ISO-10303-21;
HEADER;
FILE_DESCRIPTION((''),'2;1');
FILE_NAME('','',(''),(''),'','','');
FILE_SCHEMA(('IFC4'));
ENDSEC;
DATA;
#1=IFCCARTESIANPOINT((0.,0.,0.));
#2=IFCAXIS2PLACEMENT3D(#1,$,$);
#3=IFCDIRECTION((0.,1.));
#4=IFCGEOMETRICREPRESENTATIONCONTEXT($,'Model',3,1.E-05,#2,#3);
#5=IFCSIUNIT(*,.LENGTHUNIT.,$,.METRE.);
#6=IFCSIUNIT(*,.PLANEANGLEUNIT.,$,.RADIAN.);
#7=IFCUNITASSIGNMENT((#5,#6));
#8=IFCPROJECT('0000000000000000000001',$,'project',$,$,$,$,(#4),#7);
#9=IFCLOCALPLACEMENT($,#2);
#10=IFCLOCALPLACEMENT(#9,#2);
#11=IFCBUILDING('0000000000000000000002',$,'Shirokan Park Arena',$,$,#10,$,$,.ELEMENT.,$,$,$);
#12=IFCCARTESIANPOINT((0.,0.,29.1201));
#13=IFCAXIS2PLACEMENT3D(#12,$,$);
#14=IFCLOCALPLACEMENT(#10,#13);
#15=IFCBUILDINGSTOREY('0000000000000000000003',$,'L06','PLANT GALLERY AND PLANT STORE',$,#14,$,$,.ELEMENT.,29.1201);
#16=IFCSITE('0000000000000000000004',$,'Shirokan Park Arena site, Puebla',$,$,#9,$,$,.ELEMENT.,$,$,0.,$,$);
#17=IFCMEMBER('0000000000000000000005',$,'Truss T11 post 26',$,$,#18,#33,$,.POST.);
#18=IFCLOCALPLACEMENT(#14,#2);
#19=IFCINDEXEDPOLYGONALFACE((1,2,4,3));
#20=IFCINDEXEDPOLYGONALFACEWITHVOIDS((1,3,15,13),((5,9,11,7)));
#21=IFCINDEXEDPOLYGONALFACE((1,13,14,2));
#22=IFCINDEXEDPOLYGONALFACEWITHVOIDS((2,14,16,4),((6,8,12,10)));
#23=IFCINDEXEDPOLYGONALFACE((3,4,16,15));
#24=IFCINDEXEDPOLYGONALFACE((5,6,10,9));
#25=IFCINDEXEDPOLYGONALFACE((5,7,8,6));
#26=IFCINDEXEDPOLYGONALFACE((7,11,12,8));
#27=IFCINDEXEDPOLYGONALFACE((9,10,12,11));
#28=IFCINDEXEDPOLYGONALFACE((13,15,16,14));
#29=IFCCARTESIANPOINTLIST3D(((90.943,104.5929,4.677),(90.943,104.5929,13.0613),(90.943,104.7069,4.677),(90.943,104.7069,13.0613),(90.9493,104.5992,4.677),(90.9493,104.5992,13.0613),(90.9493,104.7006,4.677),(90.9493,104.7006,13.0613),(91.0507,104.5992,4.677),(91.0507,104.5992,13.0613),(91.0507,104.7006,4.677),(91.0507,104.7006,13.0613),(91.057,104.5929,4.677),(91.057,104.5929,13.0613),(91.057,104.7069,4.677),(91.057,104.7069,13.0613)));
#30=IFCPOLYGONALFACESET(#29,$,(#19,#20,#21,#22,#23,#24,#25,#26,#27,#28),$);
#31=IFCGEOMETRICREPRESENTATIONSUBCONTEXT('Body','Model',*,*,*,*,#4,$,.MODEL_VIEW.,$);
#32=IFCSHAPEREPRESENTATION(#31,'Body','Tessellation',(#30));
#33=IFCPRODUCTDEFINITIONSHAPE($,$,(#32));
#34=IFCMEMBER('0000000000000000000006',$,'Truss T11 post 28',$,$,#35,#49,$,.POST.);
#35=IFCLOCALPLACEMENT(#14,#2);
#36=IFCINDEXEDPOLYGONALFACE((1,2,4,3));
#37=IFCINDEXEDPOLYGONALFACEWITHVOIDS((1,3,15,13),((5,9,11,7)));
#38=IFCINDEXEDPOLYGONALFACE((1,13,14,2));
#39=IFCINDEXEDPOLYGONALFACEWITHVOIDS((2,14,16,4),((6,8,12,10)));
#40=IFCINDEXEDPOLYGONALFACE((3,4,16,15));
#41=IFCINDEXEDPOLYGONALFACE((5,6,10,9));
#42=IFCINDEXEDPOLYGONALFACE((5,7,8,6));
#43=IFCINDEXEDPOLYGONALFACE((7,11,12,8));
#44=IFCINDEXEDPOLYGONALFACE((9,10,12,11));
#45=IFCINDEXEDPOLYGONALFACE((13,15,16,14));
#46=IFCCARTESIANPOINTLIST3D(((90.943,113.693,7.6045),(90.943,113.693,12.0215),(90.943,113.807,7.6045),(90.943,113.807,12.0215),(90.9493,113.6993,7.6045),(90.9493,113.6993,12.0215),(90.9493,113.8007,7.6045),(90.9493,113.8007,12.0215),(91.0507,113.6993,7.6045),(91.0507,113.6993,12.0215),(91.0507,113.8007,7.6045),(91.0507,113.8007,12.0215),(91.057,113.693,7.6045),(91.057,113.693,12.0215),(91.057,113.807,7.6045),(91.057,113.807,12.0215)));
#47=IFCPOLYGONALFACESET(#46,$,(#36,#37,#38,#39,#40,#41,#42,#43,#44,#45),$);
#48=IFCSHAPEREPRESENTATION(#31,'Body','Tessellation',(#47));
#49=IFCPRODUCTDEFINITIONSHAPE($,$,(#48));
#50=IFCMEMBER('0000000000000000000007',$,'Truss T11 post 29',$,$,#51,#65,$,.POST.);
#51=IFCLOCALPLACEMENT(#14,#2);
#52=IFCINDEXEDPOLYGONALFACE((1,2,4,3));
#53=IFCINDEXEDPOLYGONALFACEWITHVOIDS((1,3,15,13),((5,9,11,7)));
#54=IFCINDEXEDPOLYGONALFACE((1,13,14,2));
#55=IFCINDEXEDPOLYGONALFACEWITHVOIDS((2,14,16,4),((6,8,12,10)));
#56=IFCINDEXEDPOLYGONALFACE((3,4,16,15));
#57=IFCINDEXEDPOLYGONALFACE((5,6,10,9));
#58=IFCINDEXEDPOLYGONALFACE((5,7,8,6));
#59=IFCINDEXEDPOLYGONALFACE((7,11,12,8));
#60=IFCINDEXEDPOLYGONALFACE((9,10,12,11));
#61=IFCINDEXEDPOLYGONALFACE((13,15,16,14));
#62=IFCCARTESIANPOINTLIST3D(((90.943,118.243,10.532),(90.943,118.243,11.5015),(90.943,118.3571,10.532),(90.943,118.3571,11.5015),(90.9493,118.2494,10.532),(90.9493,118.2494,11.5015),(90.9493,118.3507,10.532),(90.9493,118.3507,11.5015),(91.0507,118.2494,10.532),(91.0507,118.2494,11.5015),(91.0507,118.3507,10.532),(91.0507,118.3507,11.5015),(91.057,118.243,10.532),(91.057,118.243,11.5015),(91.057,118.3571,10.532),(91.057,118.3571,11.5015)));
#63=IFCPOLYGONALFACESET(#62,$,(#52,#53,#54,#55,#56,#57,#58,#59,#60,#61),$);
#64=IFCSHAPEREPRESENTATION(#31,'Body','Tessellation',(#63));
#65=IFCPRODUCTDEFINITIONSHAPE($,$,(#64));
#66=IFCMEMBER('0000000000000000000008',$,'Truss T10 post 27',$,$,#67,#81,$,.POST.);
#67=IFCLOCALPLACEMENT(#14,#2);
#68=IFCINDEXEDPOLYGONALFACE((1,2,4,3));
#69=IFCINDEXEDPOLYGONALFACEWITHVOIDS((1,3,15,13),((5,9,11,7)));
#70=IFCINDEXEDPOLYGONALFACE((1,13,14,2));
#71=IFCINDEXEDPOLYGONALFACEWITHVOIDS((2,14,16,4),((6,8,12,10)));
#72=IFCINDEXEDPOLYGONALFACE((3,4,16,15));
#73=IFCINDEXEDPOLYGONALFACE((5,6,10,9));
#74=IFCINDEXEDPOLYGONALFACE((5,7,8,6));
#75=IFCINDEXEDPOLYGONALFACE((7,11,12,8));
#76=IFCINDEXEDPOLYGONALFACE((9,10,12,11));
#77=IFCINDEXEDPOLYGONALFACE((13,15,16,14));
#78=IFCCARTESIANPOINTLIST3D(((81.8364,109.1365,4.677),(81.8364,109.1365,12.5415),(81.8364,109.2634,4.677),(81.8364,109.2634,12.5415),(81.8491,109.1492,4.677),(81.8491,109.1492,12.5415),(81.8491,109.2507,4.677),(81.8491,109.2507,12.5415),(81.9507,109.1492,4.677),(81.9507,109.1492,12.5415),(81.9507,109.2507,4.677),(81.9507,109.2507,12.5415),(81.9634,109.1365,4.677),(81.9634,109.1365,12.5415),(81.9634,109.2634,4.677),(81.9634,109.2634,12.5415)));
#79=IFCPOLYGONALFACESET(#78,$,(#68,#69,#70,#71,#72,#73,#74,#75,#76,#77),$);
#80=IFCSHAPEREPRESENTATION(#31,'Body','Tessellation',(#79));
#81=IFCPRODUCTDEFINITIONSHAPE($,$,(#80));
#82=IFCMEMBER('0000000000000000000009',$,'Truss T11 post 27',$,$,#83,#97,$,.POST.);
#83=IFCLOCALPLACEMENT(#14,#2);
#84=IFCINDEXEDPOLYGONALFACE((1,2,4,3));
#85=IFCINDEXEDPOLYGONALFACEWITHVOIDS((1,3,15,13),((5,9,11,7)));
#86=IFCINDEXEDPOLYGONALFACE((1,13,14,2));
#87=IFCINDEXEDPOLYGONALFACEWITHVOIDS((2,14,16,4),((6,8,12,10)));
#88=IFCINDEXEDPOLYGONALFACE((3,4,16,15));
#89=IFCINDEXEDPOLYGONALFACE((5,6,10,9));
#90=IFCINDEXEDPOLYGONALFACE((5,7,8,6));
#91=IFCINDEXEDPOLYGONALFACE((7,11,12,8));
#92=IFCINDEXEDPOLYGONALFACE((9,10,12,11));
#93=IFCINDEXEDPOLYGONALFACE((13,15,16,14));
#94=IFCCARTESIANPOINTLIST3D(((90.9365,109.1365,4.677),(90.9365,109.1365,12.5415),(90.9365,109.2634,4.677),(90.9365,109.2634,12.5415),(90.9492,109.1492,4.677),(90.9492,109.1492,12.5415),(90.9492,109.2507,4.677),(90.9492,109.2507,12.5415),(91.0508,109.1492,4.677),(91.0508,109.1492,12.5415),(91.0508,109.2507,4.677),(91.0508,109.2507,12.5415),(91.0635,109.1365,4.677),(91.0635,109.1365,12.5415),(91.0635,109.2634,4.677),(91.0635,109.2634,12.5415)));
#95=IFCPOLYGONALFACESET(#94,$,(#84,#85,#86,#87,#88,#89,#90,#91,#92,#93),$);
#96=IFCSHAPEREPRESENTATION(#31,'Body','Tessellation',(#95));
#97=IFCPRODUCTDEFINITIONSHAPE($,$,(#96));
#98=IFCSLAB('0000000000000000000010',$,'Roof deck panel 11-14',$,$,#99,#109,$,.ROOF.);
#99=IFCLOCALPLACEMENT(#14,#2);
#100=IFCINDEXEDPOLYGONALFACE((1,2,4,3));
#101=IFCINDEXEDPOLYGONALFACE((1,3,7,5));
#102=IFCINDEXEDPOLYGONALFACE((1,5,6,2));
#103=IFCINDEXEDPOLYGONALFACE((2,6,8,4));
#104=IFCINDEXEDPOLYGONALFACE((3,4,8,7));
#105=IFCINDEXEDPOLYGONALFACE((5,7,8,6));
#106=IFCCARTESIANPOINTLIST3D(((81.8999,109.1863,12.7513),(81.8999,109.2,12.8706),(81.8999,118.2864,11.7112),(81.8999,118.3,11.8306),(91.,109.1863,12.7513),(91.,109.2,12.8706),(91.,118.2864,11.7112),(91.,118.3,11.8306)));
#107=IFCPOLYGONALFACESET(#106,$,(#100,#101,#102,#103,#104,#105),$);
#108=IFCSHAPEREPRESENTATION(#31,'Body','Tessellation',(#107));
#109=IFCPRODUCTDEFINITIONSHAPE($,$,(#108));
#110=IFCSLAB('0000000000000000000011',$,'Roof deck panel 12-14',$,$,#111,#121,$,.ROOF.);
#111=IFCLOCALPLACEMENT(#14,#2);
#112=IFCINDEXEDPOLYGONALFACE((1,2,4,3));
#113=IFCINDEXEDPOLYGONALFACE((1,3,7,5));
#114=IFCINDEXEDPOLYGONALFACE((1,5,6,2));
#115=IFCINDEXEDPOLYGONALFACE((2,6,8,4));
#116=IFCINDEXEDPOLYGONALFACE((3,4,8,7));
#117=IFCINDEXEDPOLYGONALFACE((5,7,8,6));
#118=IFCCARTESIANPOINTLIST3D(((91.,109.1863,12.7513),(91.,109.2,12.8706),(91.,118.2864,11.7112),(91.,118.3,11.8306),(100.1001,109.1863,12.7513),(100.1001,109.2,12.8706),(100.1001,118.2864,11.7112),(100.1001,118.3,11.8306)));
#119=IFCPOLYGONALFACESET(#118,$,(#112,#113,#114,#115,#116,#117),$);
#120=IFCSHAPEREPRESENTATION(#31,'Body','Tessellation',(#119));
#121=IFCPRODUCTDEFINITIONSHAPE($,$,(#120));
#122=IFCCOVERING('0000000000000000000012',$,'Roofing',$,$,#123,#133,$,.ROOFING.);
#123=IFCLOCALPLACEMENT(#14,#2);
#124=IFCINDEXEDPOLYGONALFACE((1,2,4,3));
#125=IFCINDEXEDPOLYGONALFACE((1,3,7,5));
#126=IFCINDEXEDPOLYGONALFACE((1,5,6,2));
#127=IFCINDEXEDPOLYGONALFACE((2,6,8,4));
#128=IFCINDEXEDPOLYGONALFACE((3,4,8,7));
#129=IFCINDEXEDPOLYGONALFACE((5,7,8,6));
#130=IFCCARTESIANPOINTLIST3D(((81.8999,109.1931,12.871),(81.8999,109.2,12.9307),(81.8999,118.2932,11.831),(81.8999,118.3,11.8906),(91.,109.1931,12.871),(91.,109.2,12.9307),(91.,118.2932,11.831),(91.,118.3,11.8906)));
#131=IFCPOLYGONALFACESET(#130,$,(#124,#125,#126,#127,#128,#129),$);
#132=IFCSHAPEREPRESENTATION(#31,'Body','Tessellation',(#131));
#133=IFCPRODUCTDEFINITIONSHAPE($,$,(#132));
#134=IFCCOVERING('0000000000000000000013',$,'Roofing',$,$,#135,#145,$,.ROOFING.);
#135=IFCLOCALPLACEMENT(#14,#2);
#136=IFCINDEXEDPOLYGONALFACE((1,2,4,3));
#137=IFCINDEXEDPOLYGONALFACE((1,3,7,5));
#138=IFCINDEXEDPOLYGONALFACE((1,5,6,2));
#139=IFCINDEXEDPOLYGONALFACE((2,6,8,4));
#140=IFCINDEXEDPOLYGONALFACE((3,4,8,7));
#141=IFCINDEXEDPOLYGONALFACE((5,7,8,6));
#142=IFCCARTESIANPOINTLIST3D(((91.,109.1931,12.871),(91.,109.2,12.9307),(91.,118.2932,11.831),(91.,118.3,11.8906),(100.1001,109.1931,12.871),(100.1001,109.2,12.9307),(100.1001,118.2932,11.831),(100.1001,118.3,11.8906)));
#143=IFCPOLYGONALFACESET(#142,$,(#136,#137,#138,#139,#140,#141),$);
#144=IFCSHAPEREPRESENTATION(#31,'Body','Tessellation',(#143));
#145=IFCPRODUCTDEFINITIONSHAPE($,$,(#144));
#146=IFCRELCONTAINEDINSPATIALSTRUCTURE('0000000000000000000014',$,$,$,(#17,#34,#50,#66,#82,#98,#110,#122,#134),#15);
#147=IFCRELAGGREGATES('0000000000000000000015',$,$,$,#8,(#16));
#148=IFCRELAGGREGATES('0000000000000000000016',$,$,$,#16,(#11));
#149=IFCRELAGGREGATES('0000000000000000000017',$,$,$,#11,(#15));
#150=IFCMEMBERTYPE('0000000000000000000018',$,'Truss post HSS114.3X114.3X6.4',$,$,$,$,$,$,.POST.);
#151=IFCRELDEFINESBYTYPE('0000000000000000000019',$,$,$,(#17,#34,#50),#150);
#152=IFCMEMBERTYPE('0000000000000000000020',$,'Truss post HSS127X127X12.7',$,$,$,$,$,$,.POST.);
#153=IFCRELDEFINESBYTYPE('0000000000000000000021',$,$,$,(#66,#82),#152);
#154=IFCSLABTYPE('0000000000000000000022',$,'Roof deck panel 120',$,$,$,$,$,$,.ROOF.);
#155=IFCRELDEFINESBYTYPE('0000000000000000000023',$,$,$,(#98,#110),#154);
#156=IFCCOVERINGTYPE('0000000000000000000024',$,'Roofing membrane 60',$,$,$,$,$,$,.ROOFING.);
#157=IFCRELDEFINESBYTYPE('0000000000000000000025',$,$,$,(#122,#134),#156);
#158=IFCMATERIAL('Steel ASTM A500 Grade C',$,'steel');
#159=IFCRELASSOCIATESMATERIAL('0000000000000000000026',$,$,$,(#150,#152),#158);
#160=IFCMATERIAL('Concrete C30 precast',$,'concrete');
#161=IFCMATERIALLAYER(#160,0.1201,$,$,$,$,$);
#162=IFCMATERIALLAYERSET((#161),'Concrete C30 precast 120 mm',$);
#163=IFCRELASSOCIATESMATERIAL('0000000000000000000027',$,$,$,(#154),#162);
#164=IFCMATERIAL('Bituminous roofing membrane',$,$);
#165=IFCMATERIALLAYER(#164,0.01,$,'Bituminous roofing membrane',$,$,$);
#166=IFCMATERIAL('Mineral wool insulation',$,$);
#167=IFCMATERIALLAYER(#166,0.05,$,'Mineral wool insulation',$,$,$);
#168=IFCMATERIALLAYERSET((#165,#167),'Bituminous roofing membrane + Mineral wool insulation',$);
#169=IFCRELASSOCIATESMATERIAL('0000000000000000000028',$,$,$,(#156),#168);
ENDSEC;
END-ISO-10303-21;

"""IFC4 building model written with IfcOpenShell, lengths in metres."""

from ifc_helpers import new_model, si_unit, direction, frame, origin, origin_2d, place, context, subcontext, project, spatial, polyline, hollow_rectangle, outline, extrude, material, layer, layer_set, material_profile, profile_set, type_object, element, save


model = new_model("IFC4")

# Units and contexts
model_context = context("Model", 3, precision=1e-05, world=origin(), true_north=direction((0.0, 1.0)))
body_context = subcontext(model_context, "Body", "Model", "MODEL_VIEW")
ifc_project = project(units=[si_unit("LENGTHUNIT", "METRE"), si_unit("PLANEANGLEUNIT", "RADIAN")], contexts=[model_context])

# Site, building, storey
site_placement = place(None, origin())
site = spatial("IfcSite", under=ifc_project, at=site_placement, Name="Shirokan Park Arena site, Puebla", CompositionType="ELEMENT", RefElevation=0.0)
building_placement = place(site_placement, origin())
building = spatial("IfcBuilding", under=site, at=building_placement, Name="Shirokan Park Arena", CompositionType="ELEMENT")
storey_placement = place(building_placement, frame((0.0, 0.0, 29.1201)))
storey = spatial("IfcBuildingStorey", under=building, at=storey_placement, Name="L06", Description="PLANT GALLERY AND PLANT STORE", CompositionType="ELEMENT", Elevation=29.1201)

# Shared definitions
ifc_material_1 = material(Name="Steel ASTM A500 Grade C", Category="steel")

# Members
ifc_material_profile_1 = material_profile(ifc_material_1, hollow_rectangle(XDim=0.114, YDim=0.114, WallThickness=0.0063, at=origin_2d()), Name="HSS114.3X114.3X6.4")
ifc_profile_set_1 = profile_set([ifc_material_profile_1], Name="Steel ASTM A500 Grade C")
member_type_1 = type_object("IfcMemberType", Name="Truss post HSS114.3X114.3X6.4", PredefinedType="POST", material=ifc_profile_set_1)
member_1_placement = place(storey_placement, frame((91.0, 104.6499, 4.677), z_axis=(0.0, 0.0, 1.0), x_axis=(1.0, 0.0, 0.0)))
element("IfcMember", 1, at=member_1_placement, inside=storey, type_object=member_type_1, Name="Truss T11 post 26", PredefinedType="POST", context=body_context, shape_type="SweptSolid", body=[
    extrude(hollow_rectangle(XDim=0.114, YDim=0.114, WallThickness=0.0063, at=origin_2d()), origin(), (0.0, 0.0, 1.0), 8.3843),
])
member_2_placement = place(storey_placement, frame((91.0, 113.75, 7.6045), z_axis=(0.0, 0.0, 1.0), x_axis=(1.0, 0.0, 0.0)))
element("IfcMember", 2, at=member_2_placement, inside=storey, type_object=member_type_1, Name="Truss T11 post 28", PredefinedType="POST", context=body_context, shape_type="SweptSolid", body=[
    extrude(hollow_rectangle(XDim=0.114, YDim=0.114, WallThickness=0.0063, at=origin_2d()), origin(), (0.0, 0.0, 1.0), 4.417),
])
member_3_placement = place(storey_placement, frame((91.0, 118.3, 10.532), z_axis=(0.0, 0.0, 1.0), x_axis=(1.0, 0.0, 0.0)))
element("IfcMember", 3, at=member_3_placement, inside=storey, type_object=member_type_1, Name="Truss T11 post 29", PredefinedType="POST", context=body_context, shape_type="SweptSolid", body=[
    extrude(hollow_rectangle(XDim=0.114, YDim=0.114, WallThickness=0.0063, at=origin_2d()), origin(), (0.0, 0.0, 1.0), 0.9695),
])
ifc_material_profile_2 = material_profile(ifc_material_1, hollow_rectangle(XDim=0.127, YDim=0.127, WallThickness=0.0127, at=origin_2d()), Name="HSS127X127X12.7")
ifc_profile_set_2 = profile_set([ifc_material_profile_2], Name="Steel ASTM A500 Grade C")
member_type_2 = type_object("IfcMemberType", Name="Truss post HSS127X127X12.7", PredefinedType="POST", material=ifc_profile_set_2)
for number, where, z_axis, x_axis, name in (
    (4, (81.8999, 109.2, 4.677), (0.0, 0.0, 1.0), (1.0, 0.0, 0.0), "Truss T10 post 27"),
    (5, (91.0, 109.2, 4.677), (0.0, 0.0, 1.0), (1.0, 0.0, 0.0), "Truss T11 post 27"),
):
    element("IfcMember", number, at=place(storey_placement, frame(where, z_axis=z_axis, x_axis=x_axis)), inside=storey, type_object=member_type_2, Name=name, PredefinedType="POST", context=body_context, shape_type="SweptSolid", body=[
        extrude(hollow_rectangle(XDim=0.127, YDim=0.127, WallThickness=0.0127, at=origin_2d()), origin(), (0.0, 0.0, 1.0), 7.8645),
    ])

# Slabs
ifc_material_2 = material(Name="Concrete C30 precast", Category="concrete")
ifc_layer_1 = layer(ifc_material_2, 0.1201)
ifc_layer_set_1 = layer_set([ifc_layer_1], Name="Concrete C30 precast 120 mm")
slab_type = type_object("IfcSlabType", Name="Roof deck panel 120", PredefinedType="ROOF", material=ifc_layer_set_1)
for number, where, z_axis, x_axis, name in (
    (6, (81.8999, 109.2, 12.8706), (0.0, 0.11355, 0.993532), (1.0, 0.0, 0.0), "Roof deck panel 11-14"),
    (7, (91.0, 109.2, 12.8706), (0.0, 0.11355, 0.993532), (1.0, 0.0, 0.0), "Roof deck panel 12-14"),
):
    element("IfcSlab", number, at=place(storey_placement, frame(where, z_axis=z_axis, x_axis=x_axis)), inside=storey, type_object=slab_type, Name=name, PredefinedType="ROOF", context=body_context, shape_type="SweptSolid", body=[
        extrude(outline(polyline([(0.0, 0.0), (9.1001, 0.0), (9.1001, 9.1593), (0.0, 9.1593), (0.0, 0.0)])), origin(), (0.0, 0.0, -1.0), 0.1201),
    ])

# Coverings
ifc_material_3 = material(Name="Bituminous roofing membrane")
ifc_layer_2 = layer(ifc_material_3, 0.01, Name="Bituminous roofing membrane")
ifc_material_4 = material(Name="Mineral wool insulation")
ifc_layer_3 = layer(ifc_material_4, 0.05, Name="Mineral wool insulation")
ifc_layer_set_2 = layer_set([ifc_layer_2, ifc_layer_3], Name="Bituminous roofing membrane + Mineral wool insulation")
covering_type = type_object("IfcCoveringType", Name="Roofing membrane 60", PredefinedType="ROOFING", material=ifc_layer_set_2)
for number, where, z_axis, x_axis, name in (
    (8, (81.8999, 109.2, 12.9307), (0.0, 0.11355, 0.993532), (1.0, 0.0, 0.0), "Roofing"),
    (9, (91.0, 109.2, 12.9307), (0.0, 0.11355, 0.993532), (1.0, 0.0, 0.0), "Roofing"),
):
    element("IfcCovering", number, at=place(storey_placement, frame(where, z_axis=z_axis, x_axis=x_axis)), inside=storey, type_object=covering_type, Name=name, PredefinedType="ROOFING", context=body_context, shape_type="SweptSolid", body=[
        extrude(outline(polyline([(0.0, 0.0), (9.1001, 0.0), (9.1001, 9.1593), (0.0, 9.1593), (0.0, 0.0)])), origin(), (0.0, 0.0, -1.0), 0.0601),
    ])

save(model, "model.ifc")
